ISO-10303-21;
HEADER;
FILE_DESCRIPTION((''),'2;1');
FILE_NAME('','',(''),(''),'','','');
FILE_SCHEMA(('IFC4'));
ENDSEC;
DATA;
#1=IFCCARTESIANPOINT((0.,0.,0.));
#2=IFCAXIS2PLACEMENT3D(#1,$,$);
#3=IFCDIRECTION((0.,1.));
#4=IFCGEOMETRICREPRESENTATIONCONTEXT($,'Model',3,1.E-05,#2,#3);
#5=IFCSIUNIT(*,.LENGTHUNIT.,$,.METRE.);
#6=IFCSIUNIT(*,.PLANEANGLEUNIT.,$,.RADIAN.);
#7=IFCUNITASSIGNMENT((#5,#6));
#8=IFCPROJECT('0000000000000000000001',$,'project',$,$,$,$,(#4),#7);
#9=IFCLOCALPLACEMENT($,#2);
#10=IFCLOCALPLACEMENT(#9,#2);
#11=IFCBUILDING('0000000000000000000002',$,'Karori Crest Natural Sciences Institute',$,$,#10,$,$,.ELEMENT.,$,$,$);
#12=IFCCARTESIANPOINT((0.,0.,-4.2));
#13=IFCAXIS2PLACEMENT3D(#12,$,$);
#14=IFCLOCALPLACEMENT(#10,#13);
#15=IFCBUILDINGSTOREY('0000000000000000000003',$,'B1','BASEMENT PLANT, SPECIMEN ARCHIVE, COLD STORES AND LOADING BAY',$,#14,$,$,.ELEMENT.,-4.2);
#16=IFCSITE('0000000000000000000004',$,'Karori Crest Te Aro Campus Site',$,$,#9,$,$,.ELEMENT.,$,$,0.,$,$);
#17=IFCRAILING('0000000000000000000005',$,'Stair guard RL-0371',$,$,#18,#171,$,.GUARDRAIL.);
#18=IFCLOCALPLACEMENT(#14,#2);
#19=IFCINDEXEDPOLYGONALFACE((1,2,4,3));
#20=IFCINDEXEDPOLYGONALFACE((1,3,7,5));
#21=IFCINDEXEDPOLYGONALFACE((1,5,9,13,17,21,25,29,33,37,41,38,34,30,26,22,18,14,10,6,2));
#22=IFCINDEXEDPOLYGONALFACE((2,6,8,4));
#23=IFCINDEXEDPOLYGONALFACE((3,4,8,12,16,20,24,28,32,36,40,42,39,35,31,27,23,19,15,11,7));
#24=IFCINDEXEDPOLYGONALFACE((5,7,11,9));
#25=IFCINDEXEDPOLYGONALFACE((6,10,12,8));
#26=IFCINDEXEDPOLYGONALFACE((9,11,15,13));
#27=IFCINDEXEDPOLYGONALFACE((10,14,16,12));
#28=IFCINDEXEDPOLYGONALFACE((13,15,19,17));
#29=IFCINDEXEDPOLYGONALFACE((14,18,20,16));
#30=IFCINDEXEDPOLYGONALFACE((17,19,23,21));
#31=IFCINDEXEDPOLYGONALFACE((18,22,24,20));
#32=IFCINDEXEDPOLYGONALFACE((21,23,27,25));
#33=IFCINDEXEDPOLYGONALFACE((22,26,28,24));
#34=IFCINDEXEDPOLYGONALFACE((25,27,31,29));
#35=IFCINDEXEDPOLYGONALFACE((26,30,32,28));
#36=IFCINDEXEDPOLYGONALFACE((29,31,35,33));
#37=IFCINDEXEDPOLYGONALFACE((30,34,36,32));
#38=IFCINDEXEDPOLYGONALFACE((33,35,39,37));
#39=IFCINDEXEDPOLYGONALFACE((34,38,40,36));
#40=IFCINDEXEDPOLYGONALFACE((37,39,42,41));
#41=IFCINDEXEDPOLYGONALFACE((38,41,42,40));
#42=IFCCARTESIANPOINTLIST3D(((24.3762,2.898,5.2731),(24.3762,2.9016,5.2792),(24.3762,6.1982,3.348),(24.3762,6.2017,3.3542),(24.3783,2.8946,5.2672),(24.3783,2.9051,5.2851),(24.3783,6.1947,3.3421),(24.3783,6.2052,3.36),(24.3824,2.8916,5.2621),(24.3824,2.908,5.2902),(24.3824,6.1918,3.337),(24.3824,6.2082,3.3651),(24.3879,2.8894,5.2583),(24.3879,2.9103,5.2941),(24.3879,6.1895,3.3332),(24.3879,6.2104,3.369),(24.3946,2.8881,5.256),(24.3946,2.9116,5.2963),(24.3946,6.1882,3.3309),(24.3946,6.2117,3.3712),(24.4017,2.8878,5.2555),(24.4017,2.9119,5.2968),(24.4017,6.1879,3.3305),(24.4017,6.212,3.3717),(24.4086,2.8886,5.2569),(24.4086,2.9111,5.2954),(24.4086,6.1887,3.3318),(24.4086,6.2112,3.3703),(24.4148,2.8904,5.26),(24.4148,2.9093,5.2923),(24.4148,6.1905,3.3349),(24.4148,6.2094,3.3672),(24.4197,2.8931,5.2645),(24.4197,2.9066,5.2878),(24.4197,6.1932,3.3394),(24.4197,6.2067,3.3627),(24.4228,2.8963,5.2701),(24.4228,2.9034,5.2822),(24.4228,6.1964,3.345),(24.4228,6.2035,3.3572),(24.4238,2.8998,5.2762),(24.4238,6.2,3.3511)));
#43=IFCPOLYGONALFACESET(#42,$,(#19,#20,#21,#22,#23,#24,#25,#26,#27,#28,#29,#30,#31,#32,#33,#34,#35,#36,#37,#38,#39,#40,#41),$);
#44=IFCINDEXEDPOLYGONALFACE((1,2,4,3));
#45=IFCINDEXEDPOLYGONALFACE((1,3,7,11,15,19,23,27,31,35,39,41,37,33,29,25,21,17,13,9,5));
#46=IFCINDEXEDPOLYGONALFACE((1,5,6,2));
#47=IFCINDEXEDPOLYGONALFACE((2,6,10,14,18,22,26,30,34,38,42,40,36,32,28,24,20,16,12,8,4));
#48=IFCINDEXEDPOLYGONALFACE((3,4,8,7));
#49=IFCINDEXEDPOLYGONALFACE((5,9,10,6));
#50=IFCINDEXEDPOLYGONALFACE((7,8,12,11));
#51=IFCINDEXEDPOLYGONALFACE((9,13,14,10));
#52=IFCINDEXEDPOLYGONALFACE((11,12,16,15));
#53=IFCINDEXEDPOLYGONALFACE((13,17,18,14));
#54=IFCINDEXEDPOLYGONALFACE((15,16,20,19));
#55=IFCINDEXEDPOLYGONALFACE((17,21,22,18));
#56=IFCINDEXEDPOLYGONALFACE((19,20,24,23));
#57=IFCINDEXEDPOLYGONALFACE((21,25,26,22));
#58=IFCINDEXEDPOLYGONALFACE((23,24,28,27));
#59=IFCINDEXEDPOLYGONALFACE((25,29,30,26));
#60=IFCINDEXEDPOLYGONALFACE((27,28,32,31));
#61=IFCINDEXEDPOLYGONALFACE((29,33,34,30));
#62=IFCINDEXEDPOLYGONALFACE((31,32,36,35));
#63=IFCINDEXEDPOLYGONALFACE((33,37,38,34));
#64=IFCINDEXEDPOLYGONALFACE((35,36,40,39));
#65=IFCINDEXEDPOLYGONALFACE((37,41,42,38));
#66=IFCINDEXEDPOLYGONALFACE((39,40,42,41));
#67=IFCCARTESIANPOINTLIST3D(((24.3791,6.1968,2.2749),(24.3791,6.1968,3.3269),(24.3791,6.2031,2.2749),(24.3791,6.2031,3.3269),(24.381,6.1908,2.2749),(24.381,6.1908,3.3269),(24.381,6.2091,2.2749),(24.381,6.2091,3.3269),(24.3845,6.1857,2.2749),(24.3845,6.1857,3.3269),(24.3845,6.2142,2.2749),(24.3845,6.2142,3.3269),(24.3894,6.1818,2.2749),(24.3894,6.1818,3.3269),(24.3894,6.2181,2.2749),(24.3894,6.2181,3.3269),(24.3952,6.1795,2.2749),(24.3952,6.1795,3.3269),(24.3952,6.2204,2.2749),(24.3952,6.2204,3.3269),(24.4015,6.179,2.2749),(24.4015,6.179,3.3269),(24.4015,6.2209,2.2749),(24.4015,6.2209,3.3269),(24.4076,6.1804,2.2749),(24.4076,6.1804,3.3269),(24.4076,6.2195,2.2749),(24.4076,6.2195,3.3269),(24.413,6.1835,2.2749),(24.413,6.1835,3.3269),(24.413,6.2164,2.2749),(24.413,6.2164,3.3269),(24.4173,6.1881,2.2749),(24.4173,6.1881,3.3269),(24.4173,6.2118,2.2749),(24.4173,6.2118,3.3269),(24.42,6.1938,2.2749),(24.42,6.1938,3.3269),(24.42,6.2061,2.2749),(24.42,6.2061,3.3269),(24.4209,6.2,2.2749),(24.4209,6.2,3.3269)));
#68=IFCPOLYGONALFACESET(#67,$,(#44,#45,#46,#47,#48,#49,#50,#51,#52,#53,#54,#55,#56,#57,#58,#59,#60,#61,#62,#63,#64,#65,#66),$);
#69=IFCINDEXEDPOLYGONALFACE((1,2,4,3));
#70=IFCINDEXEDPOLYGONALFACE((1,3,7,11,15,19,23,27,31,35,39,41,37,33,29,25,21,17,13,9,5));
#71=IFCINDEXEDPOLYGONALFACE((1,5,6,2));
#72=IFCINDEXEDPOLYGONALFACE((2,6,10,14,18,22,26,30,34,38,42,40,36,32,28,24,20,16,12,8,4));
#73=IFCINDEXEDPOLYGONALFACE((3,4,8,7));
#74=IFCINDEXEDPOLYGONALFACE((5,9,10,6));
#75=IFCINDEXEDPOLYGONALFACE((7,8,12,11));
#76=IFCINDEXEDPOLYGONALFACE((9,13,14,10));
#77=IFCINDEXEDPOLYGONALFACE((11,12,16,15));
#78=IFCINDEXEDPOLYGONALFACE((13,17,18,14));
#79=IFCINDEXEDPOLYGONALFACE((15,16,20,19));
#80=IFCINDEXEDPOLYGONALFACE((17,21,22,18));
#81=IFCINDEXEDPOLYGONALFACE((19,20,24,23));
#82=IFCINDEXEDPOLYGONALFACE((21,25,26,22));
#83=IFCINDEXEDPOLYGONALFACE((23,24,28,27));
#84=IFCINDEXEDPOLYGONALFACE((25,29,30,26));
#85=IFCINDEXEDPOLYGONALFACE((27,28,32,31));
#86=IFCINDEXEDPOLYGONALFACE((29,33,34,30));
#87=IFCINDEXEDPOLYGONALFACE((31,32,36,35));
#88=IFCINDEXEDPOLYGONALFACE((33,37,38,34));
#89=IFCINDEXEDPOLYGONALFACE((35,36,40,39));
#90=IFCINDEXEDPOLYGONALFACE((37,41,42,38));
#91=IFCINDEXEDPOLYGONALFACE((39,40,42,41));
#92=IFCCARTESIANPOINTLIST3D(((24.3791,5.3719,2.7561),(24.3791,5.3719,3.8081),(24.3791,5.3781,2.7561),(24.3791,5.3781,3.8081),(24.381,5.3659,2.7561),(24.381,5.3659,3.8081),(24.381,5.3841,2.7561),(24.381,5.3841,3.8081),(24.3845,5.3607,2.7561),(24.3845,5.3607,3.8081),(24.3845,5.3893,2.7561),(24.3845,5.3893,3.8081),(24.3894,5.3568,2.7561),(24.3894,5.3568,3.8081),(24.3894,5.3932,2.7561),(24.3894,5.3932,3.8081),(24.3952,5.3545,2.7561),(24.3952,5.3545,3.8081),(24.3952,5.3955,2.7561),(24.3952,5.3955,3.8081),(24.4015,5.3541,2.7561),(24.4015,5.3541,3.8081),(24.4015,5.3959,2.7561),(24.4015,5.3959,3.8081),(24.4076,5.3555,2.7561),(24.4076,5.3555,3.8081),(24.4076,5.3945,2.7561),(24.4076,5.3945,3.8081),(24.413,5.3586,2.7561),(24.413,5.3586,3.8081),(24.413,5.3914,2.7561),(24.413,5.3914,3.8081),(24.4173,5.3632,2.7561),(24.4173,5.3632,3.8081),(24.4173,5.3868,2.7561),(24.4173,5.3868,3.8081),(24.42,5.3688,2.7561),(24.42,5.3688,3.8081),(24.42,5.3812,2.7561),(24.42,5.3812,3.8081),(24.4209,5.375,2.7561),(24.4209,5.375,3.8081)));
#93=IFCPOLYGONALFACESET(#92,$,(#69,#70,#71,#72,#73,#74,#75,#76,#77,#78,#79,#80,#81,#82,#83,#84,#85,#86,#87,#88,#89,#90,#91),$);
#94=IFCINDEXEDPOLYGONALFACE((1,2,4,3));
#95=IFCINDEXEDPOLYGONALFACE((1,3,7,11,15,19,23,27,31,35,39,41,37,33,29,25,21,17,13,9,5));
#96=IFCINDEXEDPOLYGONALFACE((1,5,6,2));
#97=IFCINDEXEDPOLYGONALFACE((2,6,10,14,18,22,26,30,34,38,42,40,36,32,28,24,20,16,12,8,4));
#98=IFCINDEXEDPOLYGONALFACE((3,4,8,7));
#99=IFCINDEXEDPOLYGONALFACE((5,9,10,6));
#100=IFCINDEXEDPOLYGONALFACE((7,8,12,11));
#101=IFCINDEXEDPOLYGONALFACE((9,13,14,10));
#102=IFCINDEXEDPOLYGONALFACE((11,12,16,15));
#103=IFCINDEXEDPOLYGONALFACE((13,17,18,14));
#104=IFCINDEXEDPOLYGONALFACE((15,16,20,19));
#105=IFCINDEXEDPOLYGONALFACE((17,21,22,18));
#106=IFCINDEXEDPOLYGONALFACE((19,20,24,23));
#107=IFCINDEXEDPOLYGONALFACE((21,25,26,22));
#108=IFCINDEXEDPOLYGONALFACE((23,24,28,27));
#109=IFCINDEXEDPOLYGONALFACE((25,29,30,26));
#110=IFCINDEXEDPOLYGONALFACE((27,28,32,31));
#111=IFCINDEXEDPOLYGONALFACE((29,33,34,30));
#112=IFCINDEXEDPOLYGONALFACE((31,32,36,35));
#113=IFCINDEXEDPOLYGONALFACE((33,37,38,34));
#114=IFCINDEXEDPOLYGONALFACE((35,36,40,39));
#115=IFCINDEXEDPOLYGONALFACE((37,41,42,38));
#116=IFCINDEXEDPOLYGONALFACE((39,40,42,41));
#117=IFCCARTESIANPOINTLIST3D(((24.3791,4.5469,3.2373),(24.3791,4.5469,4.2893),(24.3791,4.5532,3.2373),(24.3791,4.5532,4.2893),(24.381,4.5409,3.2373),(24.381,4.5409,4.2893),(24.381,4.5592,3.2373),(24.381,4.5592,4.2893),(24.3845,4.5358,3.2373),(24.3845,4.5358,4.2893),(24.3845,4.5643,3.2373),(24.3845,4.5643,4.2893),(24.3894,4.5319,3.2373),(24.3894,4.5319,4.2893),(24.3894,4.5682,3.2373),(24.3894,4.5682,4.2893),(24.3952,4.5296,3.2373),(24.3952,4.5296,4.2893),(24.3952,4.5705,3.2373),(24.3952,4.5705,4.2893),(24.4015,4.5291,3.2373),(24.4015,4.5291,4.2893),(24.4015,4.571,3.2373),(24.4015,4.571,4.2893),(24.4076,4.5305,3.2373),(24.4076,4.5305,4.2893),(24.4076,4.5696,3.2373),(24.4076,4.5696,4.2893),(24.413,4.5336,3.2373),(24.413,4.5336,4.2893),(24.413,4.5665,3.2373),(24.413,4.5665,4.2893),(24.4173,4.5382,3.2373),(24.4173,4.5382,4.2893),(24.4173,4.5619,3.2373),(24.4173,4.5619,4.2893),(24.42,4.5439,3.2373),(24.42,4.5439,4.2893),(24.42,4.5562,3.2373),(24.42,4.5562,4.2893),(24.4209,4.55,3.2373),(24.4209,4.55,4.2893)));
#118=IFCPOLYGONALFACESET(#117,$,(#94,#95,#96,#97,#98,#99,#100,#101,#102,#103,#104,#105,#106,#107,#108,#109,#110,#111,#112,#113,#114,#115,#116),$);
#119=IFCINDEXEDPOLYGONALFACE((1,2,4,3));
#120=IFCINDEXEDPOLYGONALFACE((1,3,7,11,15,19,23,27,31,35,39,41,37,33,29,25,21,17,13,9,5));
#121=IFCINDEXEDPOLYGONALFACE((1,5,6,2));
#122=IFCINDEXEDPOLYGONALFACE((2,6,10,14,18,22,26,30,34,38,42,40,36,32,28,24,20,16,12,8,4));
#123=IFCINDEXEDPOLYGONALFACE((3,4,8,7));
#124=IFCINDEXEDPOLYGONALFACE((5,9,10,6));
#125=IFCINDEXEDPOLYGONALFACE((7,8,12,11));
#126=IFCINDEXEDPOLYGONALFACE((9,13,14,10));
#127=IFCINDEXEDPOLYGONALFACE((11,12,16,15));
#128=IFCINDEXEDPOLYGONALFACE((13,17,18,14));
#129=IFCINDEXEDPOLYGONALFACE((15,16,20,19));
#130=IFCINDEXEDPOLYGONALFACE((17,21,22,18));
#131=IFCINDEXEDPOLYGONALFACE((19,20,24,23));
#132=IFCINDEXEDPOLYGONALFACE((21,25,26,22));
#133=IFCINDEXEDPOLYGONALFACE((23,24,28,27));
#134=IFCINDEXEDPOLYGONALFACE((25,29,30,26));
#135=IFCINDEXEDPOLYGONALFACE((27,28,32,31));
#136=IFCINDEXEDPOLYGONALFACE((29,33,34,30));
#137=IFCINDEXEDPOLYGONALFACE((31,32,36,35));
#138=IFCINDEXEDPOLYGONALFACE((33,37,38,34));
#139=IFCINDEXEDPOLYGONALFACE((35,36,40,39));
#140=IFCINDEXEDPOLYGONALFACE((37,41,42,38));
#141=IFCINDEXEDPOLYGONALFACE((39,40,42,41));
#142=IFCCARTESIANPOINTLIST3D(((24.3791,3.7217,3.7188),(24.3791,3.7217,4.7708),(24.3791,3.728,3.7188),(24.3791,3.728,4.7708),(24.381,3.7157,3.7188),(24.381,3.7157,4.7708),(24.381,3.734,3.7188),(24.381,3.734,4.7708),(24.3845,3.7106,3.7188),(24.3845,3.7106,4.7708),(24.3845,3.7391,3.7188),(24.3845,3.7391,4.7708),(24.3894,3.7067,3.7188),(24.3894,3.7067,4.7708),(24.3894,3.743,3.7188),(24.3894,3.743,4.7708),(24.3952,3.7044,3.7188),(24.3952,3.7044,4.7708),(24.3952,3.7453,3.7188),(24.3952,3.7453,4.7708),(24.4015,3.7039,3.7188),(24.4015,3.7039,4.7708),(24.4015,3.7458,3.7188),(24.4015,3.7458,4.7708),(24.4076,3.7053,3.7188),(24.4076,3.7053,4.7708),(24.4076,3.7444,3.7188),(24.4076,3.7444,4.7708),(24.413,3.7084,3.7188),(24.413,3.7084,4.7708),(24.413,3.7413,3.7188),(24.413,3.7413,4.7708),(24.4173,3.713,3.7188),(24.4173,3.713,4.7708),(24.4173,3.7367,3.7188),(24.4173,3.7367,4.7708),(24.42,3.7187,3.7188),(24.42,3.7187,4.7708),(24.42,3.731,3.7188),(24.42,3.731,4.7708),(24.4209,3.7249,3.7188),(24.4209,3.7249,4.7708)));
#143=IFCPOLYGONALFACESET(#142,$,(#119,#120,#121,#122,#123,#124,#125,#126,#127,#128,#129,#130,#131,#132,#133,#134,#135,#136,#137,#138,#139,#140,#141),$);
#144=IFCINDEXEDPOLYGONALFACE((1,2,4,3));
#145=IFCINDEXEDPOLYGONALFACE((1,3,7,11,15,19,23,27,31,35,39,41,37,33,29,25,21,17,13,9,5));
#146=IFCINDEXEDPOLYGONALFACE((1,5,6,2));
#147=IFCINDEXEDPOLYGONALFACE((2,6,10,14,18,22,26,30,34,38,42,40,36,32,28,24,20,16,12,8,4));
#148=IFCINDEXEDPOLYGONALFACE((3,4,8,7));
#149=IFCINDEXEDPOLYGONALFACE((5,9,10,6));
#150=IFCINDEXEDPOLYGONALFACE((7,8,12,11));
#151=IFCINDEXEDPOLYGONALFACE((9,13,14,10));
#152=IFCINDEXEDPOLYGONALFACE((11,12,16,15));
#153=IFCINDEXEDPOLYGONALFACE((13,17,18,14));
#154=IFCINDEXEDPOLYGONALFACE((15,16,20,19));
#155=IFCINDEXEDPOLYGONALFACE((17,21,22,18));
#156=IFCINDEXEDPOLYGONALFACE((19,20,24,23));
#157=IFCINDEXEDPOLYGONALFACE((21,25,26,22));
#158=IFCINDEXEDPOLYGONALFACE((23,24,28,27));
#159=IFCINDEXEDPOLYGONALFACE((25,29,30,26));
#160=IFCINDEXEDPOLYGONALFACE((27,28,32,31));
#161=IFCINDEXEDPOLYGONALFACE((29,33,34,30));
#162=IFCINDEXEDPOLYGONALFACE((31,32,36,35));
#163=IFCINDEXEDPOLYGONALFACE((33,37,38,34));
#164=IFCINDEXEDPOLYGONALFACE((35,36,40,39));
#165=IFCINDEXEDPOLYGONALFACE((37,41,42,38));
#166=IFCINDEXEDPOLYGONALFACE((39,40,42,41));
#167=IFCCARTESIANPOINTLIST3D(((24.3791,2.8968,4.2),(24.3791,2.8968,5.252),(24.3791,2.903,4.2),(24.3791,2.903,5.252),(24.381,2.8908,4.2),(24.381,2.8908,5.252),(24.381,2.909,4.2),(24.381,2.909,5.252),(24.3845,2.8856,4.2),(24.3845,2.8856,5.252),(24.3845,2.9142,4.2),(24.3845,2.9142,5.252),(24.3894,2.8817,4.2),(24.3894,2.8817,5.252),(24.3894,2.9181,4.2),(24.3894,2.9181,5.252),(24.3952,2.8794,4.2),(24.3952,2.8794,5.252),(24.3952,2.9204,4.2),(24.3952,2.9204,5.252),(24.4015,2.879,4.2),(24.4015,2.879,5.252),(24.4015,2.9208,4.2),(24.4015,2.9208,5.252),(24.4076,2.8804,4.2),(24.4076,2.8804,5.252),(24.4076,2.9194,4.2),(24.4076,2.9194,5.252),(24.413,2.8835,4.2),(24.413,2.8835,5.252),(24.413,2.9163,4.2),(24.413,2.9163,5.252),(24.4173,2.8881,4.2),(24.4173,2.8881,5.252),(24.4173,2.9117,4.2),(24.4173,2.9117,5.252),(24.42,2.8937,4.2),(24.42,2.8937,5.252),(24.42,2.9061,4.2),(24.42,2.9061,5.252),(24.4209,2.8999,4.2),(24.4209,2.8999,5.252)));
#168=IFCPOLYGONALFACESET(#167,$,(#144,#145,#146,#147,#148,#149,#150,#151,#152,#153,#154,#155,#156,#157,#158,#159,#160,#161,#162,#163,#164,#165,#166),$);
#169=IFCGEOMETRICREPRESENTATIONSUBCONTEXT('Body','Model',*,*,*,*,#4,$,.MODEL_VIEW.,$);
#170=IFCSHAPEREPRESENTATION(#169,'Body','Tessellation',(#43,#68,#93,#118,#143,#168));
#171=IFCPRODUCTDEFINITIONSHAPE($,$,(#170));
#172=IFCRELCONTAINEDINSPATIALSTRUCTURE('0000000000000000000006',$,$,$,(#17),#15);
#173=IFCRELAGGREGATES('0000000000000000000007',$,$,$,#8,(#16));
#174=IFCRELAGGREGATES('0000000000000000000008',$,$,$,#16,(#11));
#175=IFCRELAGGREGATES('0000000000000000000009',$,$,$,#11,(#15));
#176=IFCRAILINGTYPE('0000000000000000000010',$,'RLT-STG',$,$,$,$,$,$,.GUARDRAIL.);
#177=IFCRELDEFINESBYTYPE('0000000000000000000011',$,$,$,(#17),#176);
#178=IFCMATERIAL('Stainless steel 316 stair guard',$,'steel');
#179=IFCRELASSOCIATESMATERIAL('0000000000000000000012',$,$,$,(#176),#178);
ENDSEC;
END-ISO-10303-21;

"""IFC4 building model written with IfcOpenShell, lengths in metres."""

from ifc_helpers import new_model, si_unit, direction, frame, origin, origin_2d, place, context, subcontext, project, spatial, circle, extrude, material, type_object, element, save


model = new_model("IFC4")

# Units and contexts
model_context = context("Model", 3, precision=1e-05, world=origin(), true_north=direction((0.0, 1.0)))
body_context = subcontext(model_context, "Body", "Model", "MODEL_VIEW")
ifc_project = project(units=[si_unit("LENGTHUNIT", "METRE"), si_unit("PLANEANGLEUNIT", "RADIAN")], contexts=[model_context])

# Site, building, storey
site_placement = place(None, origin())
site = spatial("IfcSite", under=ifc_project, at=site_placement, Name="Karori Crest Te Aro Campus Site", CompositionType="ELEMENT", RefElevation=0.0)
building_placement = place(site_placement, origin())
building = spatial("IfcBuilding", under=site, at=building_placement, Name="Karori Crest Natural Sciences Institute", CompositionType="ELEMENT")
storey_placement = place(building_placement, frame((0.0, 0.0, -4.2)))
storey = spatial("IfcBuildingStorey", under=building, at=storey_placement, Name="B1", Description="BASEMENT PLANT, SPECIMEN ARCHIVE, COLD STORES AND LOADING BAY", CompositionType="ELEMENT", Elevation=-4.2)

# Railing
ifc_material_1 = material(Name="Stainless steel 316 stair guard", Category="steel")
railing_type_1 = type_object("IfcRailingType", Name="RLT-STG", PredefinedType="GUARDRAIL", material=ifc_material_1)
railing_1_placement = place(storey_placement, frame((24.3999, 6.2, 2.2749)))
element("IfcRailing", 1, at=railing_1_placement, inside=storey, type_object=railing_type_1, Name="Stair guard RL-0371", PredefinedType="GUARDRAIL", context=body_context, shape_type="SweptSolid", body=[
    extrude(circle(Radius=0.0239, at=origin_2d()), frame((0.0, 0.0, 1.0762), z_axis=(0.0, -0.863777, 0.503875), x_axis=(1.0, 0.0, 0.0)), (0.0, 0.0, 1.0), 3.8206),
    extrude(circle(Radius=0.021, at=origin_2d()), origin(), (0.0, 0.0, 1.0), 1.052),
    extrude(circle(Radius=0.021, at=origin_2d()), frame((0.0, -0.825, 0.4812)), (0.0, 0.0, 1.0), 1.052),
    extrude(circle(Radius=0.021, at=origin_2d()), frame((0.0, -1.6499, 0.9624)), (0.0, 0.0, 1.0), 1.052),
    extrude(circle(Radius=0.021, at=origin_2d()), frame((0.0, -2.4751, 1.4438)), (0.0, 0.0, 1.0), 1.052),
    extrude(circle(Radius=0.021, at=origin_2d()), frame((0.0, -3.3, 1.925)), (0.0, 0.0, 1.0), 1.052),
])

save(model, "model.ifc")
